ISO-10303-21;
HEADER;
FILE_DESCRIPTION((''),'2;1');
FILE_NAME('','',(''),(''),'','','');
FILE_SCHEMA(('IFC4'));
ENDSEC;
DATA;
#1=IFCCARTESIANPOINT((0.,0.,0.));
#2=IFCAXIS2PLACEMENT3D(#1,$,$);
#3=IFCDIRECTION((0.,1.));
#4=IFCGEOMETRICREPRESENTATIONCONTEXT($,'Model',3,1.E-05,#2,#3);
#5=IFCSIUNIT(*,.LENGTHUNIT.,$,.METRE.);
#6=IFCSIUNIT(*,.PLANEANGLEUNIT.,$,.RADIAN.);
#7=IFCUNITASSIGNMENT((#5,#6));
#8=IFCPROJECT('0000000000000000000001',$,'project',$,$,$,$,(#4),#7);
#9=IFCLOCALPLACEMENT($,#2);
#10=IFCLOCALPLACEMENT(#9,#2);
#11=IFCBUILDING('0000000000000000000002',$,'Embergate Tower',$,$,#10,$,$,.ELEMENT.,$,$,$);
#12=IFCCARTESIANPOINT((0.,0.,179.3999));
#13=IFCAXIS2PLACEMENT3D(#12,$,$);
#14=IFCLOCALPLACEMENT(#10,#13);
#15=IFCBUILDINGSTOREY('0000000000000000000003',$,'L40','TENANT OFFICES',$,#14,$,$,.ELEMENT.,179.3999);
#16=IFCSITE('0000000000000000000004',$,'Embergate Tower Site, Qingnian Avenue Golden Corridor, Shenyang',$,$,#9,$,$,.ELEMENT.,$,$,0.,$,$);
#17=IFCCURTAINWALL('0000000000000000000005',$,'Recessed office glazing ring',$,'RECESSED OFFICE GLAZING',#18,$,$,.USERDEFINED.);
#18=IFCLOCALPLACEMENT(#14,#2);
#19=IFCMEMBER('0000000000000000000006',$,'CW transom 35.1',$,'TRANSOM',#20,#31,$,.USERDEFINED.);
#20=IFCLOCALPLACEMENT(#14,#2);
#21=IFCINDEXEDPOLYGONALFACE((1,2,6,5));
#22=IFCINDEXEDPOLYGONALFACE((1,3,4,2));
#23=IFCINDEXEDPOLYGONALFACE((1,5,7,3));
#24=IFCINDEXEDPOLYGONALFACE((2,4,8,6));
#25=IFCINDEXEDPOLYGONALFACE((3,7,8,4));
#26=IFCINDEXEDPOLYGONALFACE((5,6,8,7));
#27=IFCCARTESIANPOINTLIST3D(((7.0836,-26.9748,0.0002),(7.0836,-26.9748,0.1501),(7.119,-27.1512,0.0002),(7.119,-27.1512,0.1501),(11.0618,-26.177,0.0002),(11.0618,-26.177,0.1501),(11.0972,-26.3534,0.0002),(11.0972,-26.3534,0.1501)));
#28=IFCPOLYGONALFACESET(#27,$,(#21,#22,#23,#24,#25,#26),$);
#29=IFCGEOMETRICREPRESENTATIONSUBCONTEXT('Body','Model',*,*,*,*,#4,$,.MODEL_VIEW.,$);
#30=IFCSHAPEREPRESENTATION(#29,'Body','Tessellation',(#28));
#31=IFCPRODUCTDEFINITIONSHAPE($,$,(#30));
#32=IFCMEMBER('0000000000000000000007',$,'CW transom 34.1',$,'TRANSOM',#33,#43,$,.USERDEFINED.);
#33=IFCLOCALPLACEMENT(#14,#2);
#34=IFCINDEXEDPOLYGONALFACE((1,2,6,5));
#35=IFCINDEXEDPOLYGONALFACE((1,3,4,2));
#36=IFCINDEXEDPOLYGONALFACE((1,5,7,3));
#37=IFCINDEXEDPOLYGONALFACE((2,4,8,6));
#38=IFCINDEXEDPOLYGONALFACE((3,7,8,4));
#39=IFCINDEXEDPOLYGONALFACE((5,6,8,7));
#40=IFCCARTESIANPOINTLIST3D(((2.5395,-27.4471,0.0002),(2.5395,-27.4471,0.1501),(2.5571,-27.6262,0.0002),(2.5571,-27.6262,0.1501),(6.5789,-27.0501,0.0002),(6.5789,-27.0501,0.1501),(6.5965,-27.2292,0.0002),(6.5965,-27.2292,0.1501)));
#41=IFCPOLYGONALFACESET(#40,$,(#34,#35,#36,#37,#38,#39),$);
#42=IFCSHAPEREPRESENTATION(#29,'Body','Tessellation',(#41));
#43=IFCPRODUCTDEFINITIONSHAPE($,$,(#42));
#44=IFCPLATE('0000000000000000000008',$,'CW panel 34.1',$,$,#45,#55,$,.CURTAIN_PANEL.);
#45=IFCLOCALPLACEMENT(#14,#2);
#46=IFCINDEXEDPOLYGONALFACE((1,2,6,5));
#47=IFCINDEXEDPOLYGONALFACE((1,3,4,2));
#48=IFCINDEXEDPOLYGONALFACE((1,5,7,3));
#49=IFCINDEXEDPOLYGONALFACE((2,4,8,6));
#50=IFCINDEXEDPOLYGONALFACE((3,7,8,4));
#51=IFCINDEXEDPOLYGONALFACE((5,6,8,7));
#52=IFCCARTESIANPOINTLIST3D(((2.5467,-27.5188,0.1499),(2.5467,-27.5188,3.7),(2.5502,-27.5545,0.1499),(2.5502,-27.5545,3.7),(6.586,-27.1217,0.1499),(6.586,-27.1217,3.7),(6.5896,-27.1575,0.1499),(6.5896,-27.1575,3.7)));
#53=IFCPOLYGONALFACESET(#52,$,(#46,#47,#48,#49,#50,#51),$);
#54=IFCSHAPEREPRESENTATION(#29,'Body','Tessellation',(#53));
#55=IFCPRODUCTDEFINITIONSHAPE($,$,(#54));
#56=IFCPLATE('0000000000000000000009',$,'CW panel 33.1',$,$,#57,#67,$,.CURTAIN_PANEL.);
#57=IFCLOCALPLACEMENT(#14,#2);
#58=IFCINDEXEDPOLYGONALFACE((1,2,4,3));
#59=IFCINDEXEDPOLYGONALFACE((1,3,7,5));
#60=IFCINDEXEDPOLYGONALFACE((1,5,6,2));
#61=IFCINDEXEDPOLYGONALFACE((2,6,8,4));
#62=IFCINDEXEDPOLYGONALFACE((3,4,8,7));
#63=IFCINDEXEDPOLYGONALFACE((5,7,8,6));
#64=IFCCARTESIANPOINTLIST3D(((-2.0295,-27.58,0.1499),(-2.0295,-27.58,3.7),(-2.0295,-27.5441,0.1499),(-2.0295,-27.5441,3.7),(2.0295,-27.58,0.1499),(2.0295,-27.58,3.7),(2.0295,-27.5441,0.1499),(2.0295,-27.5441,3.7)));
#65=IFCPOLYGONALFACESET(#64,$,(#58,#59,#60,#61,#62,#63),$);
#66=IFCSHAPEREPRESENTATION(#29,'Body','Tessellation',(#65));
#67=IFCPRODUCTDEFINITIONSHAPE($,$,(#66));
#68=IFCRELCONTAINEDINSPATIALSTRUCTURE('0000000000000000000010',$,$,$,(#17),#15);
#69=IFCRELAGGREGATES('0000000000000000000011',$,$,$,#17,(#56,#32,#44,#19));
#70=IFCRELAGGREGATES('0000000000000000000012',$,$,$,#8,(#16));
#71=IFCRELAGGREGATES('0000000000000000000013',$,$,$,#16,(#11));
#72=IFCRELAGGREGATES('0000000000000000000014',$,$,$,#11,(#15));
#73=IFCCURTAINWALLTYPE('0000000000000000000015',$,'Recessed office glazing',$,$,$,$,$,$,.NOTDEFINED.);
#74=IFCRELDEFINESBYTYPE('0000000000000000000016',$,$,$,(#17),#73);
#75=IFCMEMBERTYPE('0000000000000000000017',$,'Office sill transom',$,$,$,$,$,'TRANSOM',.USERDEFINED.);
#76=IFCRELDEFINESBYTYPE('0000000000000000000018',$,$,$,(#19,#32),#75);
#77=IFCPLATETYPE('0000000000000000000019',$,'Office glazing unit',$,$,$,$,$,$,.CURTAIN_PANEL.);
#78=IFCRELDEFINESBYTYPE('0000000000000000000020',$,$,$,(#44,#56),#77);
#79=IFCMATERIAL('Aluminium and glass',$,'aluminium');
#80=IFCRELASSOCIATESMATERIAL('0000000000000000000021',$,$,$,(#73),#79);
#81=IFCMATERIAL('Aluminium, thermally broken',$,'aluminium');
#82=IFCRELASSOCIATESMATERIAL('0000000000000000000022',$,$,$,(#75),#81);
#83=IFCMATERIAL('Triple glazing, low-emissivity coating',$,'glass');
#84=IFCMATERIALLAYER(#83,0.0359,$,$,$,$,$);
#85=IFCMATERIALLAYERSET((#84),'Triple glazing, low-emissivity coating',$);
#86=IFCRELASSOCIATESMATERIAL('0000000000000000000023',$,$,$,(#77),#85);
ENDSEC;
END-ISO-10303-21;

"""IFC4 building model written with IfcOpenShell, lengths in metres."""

from ifc_helpers import new_model, si_unit, direction, frame, origin, origin_2d, place, context, subcontext, project, spatial, rectangle, extrude, source, transform, mapped, material, layer, layer_set, material_profile, profile_set, type_object, element, aggregate, save


model = new_model("IFC4")

# Units and contexts
model_context = context("Model", 3, precision=1e-05, world=origin(), true_north=direction((0.0, 1.0)))
body_context = subcontext(model_context, "Body", "Model", "MODEL_VIEW")
ifc_project = project(units=[si_unit("LENGTHUNIT", "METRE"), si_unit("PLANEANGLEUNIT", "RADIAN")], contexts=[model_context])

# Site, building, storey
site_placement = place(None, origin())
site = spatial("IfcSite", under=ifc_project, at=site_placement, Name="Embergate Tower Site, Qingnian Avenue Golden Corridor, Shenyang", CompositionType="ELEMENT", RefElevation=0.0)
building_placement = place(site_placement, origin())
building = spatial("IfcBuilding", under=site, at=building_placement, Name="Embergate Tower", CompositionType="ELEMENT")
storey_placement = place(building_placement, frame((0.0, 0.0, 179.3999)))
storey = spatial("IfcBuildingStorey", under=building, at=storey_placement, Name="L40", Description="TENANT OFFICES", CompositionType="ELEMENT", Elevation=179.3999)

# Curtain wall, members, plates
ifc_material_1 = material(Name="Aluminium and glass", Category="aluminium")
curtain_wall_type = type_object("IfcCurtainWallType", Name="Recessed office glazing", PredefinedType="NOTDEFINED", material=ifc_material_1)
curtain_wall_placement = place(storey_placement, origin())
curtain_wall = element("IfcCurtainWall", 1, at=curtain_wall_placement, inside=storey, type_object=curtain_wall_type, Name="Recessed office glazing ring", ObjectType="RECESSED OFFICE GLAZING", PredefinedType="USERDEFINED")
ifc_material_2 = material(Name="Aluminium, thermally broken", Category="aluminium")
ifc_material_profile_1 = material_profile(ifc_material_2, rectangle(XDim=0.1799, YDim=0.1499, at=origin_2d()), Name="AL 150x180")
ifc_profile_set_1 = profile_set([ifc_material_profile_1], Name="Aluminium, thermally broken")
member_type_1 = type_object("IfcMemberType", Name="Office sill transom", ElementType="TRANSOM", PredefinedType="USERDEFINED", material=ifc_profile_set_1)
shared_shape_1 = source(origin(), body_context, "Body", "SweptSolid", [
    extrude(rectangle(XDim=0.1799, YDim=0.1499, at=origin_2d()), origin(), (0.0, 0.0, 1.0), 4.0574),
])
member_1_placement = place(storey_placement, frame((7.1013, -27.063, 0.0752), z_axis=(0.980476, 0.196637, 0.0), x_axis=(-0.196637, 0.980476, 0.0)))
member_1 = element("IfcMember", 2, at=member_1_placement, type_object=member_type_1, Name="CW transom 35.1", ObjectType="TRANSOM", PredefinedType="USERDEFINED", context=body_context, shape_type="MappedRepresentation", body=[
    mapped(shared_shape_1, transform((0.0, 0.0, 0.0))),
])
shared_shape_2 = source(origin(), body_context, "Body", "SweptSolid", [
    extrude(rectangle(XDim=0.1799, YDim=0.1499, at=origin_2d()), origin(), (0.0, 0.0, 1.0), 4.0588),
])
member_2_placement = place(storey_placement, frame((2.5483, -27.5366, 0.0752), z_axis=(0.995205, 0.097806, 0.0), x_axis=(-0.097806, 0.995205, 0.0)))
member_2 = element("IfcMember", 3, at=member_2_placement, type_object=member_type_1, Name="CW transom 34.1", ObjectType="TRANSOM", PredefinedType="USERDEFINED", context=body_context, shape_type="MappedRepresentation", body=[
    mapped(shared_shape_2, transform((0.0, 0.0, 0.0))),
])
ifc_material_3 = material(Name="Triple glazing, low-emissivity coating", Category="glass")
ifc_layer = layer(ifc_material_3, 0.0359)
ifc_layer_set = layer_set([ifc_layer], Name="Triple glazing, low-emissivity coating")
plate_type = type_object("IfcPlateType", Name="Office glazing unit", PredefinedType="CURTAIN_PANEL", material=ifc_layer_set)
shared_shape_3 = source(origin(), body_context, "Body", "SweptSolid", [
    extrude(rectangle(XDim=4.0588, YDim=0.0359, at=origin_2d()), origin(), (0.0, 0.0, 1.0), 3.55),
])
plate_1_placement = place(storey_placement, frame((4.5681, -27.3381, 0.1499), z_axis=(0.0, 0.0, 1.0), x_axis=(0.995203, 0.097828, 0.0)))
plate_1 = element("IfcPlate", 4, at=plate_1_placement, type_object=plate_type, Name="CW panel 34.1", PredefinedType="CURTAIN_PANEL", context=body_context, shape_type="MappedRepresentation", body=[
    mapped(shared_shape_3, transform((0.0, 0.0, 0.0))),
])
shared_shape_4 = source(origin(), body_context, "Body", "SweptSolid", [
    extrude(rectangle(XDim=4.0591, YDim=0.0359, at=origin_2d()), origin(), (0.0, 0.0, 1.0), 3.55),
])
plate_2_placement = place(storey_placement, frame((0.0, -27.562, 0.1499), z_axis=(0.0, 0.0, 1.0), x_axis=(1.0, 0.0, 0.0)))
plate_2 = element("IfcPlate", 5, at=plate_2_placement, type_object=plate_type, Name="CW panel 33.1", PredefinedType="CURTAIN_PANEL", context=body_context, shape_type="MappedRepresentation", body=[
    mapped(shared_shape_4, transform((0.0, 0.0, 0.0))),
])
aggregate(curtain_wall, [plate_2, member_2, plate_1, member_1])

save(model, "model.ifc")
